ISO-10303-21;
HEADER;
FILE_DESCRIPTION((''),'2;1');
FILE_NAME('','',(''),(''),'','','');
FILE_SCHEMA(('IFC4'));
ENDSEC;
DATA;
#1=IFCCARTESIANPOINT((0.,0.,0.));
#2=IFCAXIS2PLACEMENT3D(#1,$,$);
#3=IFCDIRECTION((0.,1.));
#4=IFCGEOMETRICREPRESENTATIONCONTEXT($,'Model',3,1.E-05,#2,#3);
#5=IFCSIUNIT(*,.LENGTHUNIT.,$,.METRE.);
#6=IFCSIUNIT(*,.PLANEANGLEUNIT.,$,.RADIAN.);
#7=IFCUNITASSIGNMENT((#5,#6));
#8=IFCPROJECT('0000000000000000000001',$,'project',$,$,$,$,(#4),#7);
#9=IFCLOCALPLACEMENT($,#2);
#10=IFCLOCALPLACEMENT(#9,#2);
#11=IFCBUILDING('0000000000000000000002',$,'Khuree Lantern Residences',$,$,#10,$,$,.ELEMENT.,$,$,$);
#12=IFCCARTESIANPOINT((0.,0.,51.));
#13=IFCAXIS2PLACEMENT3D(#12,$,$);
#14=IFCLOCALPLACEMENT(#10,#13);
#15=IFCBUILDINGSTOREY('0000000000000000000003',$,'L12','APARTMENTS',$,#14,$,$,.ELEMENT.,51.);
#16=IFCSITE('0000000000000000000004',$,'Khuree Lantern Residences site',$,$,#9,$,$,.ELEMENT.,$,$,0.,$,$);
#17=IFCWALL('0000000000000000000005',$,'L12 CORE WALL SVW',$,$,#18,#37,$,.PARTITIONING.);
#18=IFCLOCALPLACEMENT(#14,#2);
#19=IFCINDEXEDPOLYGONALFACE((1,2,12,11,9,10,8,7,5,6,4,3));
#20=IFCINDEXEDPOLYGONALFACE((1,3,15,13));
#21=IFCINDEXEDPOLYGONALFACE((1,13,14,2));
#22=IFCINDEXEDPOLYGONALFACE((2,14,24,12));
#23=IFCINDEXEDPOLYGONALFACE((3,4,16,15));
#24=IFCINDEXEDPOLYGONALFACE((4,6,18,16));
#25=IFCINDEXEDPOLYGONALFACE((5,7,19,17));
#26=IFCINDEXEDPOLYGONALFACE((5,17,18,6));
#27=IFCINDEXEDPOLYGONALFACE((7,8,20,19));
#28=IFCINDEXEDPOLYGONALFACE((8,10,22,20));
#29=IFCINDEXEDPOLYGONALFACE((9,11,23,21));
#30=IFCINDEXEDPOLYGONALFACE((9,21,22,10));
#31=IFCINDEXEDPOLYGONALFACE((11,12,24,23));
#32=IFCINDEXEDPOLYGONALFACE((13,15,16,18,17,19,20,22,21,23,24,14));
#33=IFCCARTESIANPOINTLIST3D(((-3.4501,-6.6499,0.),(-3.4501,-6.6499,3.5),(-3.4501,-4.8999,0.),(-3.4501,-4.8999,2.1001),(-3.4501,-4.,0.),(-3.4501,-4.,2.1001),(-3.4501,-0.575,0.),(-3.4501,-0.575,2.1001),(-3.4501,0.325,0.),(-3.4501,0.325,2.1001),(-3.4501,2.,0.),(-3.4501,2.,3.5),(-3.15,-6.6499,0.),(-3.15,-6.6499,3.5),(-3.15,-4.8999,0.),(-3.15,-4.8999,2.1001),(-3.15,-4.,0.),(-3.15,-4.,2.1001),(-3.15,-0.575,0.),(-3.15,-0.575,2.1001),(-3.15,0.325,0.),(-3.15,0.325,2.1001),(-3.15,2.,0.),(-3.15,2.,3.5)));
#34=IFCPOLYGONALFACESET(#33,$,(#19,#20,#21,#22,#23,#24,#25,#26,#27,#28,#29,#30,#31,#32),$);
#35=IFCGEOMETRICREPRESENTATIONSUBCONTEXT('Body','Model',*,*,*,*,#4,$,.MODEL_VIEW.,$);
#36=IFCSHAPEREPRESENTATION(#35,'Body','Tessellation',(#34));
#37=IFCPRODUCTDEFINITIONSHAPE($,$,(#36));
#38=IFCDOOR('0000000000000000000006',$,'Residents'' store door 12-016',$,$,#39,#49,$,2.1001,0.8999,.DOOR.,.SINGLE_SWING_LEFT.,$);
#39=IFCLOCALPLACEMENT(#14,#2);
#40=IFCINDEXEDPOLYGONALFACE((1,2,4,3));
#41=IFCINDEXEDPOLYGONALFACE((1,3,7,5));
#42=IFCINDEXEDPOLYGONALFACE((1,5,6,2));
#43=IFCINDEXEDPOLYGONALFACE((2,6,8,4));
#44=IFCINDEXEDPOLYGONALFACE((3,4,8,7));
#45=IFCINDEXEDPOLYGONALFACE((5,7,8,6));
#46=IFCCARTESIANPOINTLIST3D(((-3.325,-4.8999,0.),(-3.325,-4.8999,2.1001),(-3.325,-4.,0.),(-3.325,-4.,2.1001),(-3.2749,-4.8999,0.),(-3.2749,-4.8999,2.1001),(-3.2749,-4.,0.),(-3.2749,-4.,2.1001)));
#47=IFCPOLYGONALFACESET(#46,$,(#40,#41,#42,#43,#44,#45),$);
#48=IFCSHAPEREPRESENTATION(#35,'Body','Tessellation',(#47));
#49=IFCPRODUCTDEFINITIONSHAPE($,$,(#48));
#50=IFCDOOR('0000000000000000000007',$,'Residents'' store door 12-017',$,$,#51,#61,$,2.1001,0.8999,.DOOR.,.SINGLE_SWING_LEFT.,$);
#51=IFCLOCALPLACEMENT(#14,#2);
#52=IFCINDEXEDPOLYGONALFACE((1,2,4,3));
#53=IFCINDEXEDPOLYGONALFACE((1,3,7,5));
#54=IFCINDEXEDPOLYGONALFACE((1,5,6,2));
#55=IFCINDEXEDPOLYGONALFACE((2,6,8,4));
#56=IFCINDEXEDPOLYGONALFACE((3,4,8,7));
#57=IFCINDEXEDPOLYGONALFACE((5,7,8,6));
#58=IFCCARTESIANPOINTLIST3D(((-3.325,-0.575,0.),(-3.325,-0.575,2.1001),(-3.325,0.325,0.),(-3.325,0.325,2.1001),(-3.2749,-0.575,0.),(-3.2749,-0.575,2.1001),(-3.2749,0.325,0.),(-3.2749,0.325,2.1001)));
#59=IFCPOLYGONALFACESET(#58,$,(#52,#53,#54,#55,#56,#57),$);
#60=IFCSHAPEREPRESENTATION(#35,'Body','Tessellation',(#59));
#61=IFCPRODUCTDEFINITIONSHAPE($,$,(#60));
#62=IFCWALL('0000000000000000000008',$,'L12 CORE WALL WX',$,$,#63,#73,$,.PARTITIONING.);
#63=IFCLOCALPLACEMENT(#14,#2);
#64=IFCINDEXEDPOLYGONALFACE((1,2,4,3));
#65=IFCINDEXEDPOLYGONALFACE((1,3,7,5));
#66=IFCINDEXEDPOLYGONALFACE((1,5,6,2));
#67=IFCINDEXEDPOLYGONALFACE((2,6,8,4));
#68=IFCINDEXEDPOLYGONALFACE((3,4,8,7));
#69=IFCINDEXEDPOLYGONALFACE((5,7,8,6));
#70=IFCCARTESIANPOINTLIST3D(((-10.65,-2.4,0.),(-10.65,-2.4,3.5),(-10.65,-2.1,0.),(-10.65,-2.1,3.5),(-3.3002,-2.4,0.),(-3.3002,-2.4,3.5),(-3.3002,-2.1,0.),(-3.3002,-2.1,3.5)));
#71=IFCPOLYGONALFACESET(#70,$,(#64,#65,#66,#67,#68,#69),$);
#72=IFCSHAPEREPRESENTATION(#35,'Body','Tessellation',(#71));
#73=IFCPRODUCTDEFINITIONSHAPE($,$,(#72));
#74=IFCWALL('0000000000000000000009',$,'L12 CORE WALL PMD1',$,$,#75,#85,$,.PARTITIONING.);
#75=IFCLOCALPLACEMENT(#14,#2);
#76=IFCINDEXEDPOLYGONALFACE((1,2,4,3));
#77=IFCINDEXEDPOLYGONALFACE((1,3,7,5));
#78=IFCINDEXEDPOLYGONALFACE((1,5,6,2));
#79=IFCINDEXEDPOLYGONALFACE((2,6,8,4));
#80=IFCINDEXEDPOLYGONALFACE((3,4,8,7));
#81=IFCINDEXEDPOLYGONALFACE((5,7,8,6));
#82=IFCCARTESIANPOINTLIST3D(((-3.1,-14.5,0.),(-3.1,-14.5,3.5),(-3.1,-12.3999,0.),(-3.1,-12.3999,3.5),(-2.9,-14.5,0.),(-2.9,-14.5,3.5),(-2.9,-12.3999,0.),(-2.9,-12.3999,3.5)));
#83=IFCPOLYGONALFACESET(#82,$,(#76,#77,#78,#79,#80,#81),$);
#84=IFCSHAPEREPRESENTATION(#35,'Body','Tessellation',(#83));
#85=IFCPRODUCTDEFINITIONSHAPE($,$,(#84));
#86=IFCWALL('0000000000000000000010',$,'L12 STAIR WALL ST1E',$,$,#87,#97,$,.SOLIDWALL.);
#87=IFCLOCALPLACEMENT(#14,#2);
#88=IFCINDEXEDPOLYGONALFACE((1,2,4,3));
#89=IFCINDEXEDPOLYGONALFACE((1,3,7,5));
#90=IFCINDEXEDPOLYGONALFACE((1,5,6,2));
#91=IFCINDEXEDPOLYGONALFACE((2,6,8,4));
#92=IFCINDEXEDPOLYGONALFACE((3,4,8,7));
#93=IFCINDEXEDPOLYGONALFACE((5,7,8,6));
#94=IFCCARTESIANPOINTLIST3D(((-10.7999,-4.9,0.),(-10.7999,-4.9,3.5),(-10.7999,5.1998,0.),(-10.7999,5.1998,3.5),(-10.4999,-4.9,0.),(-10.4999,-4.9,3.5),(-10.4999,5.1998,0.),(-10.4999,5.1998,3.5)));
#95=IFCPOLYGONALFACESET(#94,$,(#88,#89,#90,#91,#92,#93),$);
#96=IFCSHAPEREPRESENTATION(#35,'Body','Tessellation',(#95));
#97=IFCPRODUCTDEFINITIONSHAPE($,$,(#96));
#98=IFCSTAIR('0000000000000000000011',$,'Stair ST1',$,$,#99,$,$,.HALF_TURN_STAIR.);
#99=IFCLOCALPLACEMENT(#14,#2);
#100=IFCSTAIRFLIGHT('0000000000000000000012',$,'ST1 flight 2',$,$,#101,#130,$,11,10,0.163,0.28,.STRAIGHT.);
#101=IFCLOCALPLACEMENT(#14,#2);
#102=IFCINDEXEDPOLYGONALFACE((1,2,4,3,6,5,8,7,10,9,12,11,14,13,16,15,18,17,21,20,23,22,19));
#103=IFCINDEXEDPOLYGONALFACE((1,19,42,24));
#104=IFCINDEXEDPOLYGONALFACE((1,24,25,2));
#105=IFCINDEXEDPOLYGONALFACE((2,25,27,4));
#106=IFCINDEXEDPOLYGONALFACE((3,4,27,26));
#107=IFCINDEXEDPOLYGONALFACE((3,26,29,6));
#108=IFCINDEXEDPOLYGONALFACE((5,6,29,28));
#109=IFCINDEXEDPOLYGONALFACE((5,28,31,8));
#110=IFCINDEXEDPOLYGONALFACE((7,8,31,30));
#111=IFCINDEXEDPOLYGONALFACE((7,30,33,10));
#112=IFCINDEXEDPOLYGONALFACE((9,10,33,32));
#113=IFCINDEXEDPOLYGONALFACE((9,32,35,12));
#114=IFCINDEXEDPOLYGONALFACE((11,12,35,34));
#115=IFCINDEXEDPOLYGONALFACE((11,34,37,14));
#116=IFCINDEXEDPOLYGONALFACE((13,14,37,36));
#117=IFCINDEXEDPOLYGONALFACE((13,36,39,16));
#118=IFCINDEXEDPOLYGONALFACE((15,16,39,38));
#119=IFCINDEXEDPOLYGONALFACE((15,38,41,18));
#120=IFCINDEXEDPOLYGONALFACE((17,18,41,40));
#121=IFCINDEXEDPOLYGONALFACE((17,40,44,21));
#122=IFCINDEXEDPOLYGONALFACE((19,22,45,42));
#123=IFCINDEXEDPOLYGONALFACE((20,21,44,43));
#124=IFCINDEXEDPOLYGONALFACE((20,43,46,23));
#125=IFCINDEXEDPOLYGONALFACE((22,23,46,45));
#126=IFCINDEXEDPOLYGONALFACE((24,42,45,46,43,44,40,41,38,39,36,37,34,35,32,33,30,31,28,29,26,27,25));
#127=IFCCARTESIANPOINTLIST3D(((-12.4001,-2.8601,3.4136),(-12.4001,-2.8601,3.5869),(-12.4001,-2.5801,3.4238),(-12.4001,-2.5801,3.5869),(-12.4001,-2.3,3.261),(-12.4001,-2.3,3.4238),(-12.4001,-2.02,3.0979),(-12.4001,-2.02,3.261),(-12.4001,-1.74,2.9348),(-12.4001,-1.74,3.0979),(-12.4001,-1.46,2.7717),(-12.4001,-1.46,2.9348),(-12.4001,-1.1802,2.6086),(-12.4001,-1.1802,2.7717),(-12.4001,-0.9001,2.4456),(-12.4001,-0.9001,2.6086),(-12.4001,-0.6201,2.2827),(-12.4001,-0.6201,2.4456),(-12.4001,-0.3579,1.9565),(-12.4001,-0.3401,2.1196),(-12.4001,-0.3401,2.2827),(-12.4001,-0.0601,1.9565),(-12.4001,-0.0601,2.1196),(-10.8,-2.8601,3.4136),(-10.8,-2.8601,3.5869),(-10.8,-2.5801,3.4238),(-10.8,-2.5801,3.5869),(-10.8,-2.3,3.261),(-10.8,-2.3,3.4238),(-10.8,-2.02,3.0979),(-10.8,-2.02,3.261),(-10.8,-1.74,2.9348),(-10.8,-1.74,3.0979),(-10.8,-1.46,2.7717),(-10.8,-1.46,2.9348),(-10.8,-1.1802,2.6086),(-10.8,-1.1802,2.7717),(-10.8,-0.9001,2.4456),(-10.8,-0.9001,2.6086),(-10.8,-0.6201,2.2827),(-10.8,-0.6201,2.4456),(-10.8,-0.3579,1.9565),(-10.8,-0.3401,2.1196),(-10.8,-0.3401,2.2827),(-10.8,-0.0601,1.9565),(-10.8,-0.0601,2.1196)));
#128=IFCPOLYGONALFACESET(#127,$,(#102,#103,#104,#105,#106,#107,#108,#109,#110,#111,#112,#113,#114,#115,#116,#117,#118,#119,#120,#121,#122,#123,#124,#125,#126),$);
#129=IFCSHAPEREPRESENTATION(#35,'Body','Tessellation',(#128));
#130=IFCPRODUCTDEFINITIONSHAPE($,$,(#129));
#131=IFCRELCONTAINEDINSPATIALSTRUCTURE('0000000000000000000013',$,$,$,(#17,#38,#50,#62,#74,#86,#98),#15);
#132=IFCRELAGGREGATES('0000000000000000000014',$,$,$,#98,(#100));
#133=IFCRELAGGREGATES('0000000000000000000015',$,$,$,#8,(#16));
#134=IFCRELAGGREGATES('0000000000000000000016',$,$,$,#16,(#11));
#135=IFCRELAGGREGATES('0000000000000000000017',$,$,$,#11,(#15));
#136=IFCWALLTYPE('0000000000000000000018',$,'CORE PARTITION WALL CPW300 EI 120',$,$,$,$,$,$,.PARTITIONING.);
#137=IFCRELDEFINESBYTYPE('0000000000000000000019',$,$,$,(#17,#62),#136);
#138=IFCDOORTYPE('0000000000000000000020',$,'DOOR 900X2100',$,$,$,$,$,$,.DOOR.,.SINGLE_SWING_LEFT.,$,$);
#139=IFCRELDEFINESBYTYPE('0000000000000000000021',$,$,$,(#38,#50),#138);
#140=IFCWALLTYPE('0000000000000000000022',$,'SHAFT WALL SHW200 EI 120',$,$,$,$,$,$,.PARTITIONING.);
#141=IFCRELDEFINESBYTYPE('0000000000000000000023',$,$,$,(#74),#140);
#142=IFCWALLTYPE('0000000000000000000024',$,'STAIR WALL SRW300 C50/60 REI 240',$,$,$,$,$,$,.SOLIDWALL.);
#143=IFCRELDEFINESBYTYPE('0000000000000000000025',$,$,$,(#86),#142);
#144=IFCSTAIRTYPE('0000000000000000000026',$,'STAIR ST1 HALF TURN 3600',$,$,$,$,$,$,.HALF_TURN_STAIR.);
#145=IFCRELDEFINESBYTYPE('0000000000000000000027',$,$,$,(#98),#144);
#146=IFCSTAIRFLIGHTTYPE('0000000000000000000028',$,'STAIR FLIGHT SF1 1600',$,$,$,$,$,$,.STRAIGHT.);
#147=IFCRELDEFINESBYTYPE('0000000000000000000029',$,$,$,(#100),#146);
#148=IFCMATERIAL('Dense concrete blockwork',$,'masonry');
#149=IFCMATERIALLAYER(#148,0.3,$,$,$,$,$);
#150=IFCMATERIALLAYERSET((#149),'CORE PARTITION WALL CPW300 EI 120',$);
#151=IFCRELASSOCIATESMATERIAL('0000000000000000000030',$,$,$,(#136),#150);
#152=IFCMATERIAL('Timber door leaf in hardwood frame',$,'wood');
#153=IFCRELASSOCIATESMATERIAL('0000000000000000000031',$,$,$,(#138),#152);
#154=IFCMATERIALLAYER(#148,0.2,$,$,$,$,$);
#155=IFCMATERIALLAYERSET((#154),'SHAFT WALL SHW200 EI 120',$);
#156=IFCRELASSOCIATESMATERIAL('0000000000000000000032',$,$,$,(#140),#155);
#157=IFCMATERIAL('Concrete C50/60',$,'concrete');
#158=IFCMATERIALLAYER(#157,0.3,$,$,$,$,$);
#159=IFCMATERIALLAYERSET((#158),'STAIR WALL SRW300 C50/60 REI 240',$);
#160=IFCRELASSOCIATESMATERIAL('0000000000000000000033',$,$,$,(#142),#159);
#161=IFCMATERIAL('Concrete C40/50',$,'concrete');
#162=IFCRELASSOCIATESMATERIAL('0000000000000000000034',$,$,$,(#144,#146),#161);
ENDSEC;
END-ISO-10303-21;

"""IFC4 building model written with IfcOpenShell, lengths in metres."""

from ifc_helpers import new_model, si_unit, direction, frame, frame_2d, origin, place, context, subcontext, project, spatial, polyline, rectangle, outline, extrude, material, layer, layer_set, type_object, element, fill, aggregate, save


model = new_model("IFC4")

# Units and contexts
model_context = context("Model", 3, precision=1e-05, world=origin(), true_north=direction((0.0, 1.0)))
body_context = subcontext(model_context, "Body", "Model", "MODEL_VIEW")
ifc_project = project(units=[si_unit("LENGTHUNIT", "METRE"), si_unit("PLANEANGLEUNIT", "RADIAN")], contexts=[model_context])

# Site, building, storey
site_placement = place(None, origin())
site = spatial("IfcSite", under=ifc_project, at=site_placement, Name="Khuree Lantern Residences site", CompositionType="ELEMENT", RefElevation=0.0)
building_placement = place(site_placement, origin())
building = spatial("IfcBuilding", under=site, at=building_placement, Name="Khuree Lantern Residences", CompositionType="ELEMENT")
storey_placement = place(building_placement, frame((0.0, 0.0, 51.0)))
storey = spatial("IfcBuildingStorey", under=building, at=storey_placement, Name="L12", Description="APARTMENTS", CompositionType="ELEMENT", Elevation=51.0)

# Shared definitions
ifc_material_1 = material(Name="Dense concrete blockwork", Category="masonry")
ifc_layer_1 = layer(ifc_material_1, 0.3)
ifc_layer_set_1 = layer_set([ifc_layer_1], Name="CORE PARTITION WALL CPW300 EI 120")
wall_type_1 = type_object("IfcWallType", Name="CORE PARTITION WALL CPW300 EI 120", PredefinedType="PARTITIONING", material=ifc_layer_set_1)

# Wall, openings, doors
wall_1_placement = place(storey_placement, frame((-3.3, -6.6499, 0.0), z_axis=(0.0, 0.0, 1.0), x_axis=(0.0, 1.0, 0.0)))
wall_1 = element("IfcWall", 1, at=wall_1_placement, inside=storey, type_object=wall_type_1, Name="L12 CORE WALL SVW", PredefinedType="PARTITIONING", context=body_context, shape_type="SweptSolid", body=[
    extrude(rectangle(XDim=8.6499, YDim=0.3, at=frame_2d((4.325, 0.0))), origin(), (0.0, 0.0, 1.0), 3.5),
])
opening_1_placement = place(wall_1_placement, frame((1.75, 0.0, 0.0)))
opening_1 = element("IfcOpeningElement", 2, at=opening_1_placement, cuts=wall_1, PredefinedType="OPENING", context=body_context, shape_type="SweptSolid", body=[
    extrude(rectangle(XDim=0.8999, YDim=2.1001, at=frame_2d((0.45, 1.05))), frame((0.0, 0.1602, 0.0), z_axis=(0.0, -1.0, 0.0), x_axis=(1.0, 0.0, 0.0)), (0.0, 0.0, 1.0), 0.3201),
])
opening_2_placement = place(wall_1_placement, frame((6.075, 0.0, 0.0)))
opening_2 = element("IfcOpeningElement", 3, at=opening_2_placement, cuts=wall_1, PredefinedType="OPENING", context=body_context, shape_type="SweptSolid", body=[
    extrude(rectangle(XDim=0.8999, YDim=2.1001, at=frame_2d((0.45, 1.05))), frame((0.0, 0.1602, 0.0), z_axis=(0.0, -1.0, 0.0), x_axis=(1.0, 0.0, 0.0)), (0.0, 0.0, 1.0), 0.3201),
])
ifc_material_2 = material(Name="Timber door leaf in hardwood frame", Category="wood")
door_type_1 = type_object("IfcDoorType", Name="DOOR 900X2100", OperationType="SINGLE_SWING_LEFT", PredefinedType="DOOR", material=ifc_material_2)
door_1_placement = place(opening_1_placement, origin())
door_1 = element("IfcDoor", 4, at=door_1_placement, inside=storey, type_object=door_type_1, Name="Residents' store door 12-016", OperationType="SINGLE_SWING_LEFT", OverallHeight=2.1001, OverallWidth=0.8999, PredefinedType="DOOR", context=body_context, shape_type="SweptSolid", body=[
    extrude(rectangle(XDim=0.8999, YDim=2.1001, at=frame_2d((0.45, 1.05))), frame((0.0, 0.0249, 0.0), z_axis=(0.0, -1.0, 0.0), x_axis=(1.0, 0.0, 0.0)), (0.0, 0.0, 1.0), 0.05),
])
fill(opening_1, door_1)
door_2_placement = place(opening_2_placement, origin())
door_2 = element("IfcDoor", 5, at=door_2_placement, inside=storey, type_object=door_type_1, Name="Residents' store door 12-017", OperationType="SINGLE_SWING_LEFT", OverallHeight=2.1001, OverallWidth=0.8999, PredefinedType="DOOR", context=body_context, shape_type="SweptSolid", body=[
    extrude(rectangle(XDim=0.8999, YDim=2.1001, at=frame_2d((0.45, 1.05))), frame((0.0, 0.0249, 0.0), z_axis=(0.0, -1.0, 0.0), x_axis=(1.0, 0.0, 0.0)), (0.0, 0.0, 1.0), 0.05),
])
fill(opening_2, door_2)

# Walls
wall_2_placement = place(storey_placement, frame((-10.6499, -2.25, 0.0), z_axis=(0.0, 0.0, 1.0), x_axis=(1.0, 0.0, 0.0)))
element("IfcWall", 6, at=wall_2_placement, inside=storey, type_object=wall_type_1, Name="L12 CORE WALL WX", PredefinedType="PARTITIONING", context=body_context, shape_type="SweptSolid", body=[
    extrude(rectangle(XDim=7.3499, YDim=0.3, at=frame_2d((3.6748, 0.0))), origin(), (0.0, 0.0, 1.0), 3.5),
])
ifc_layer_2 = layer(ifc_material_1, 0.2)
ifc_layer_set_2 = layer_set([ifc_layer_2], Name="SHAFT WALL SHW200 EI 120")
wall_type_2 = type_object("IfcWallType", Name="SHAFT WALL SHW200 EI 120", PredefinedType="PARTITIONING", material=ifc_layer_set_2)
wall_3_placement = place(storey_placement, frame((-3.0, -14.5, 0.0), z_axis=(0.0, 0.0, 1.0), x_axis=(0.0, 1.0, 0.0)))
element("IfcWall", 7, at=wall_3_placement, inside=storey, type_object=wall_type_2, Name="L12 CORE WALL PMD1", PredefinedType="PARTITIONING", context=body_context, shape_type="SweptSolid", body=[
    extrude(rectangle(XDim=2.1001, YDim=0.2, at=frame_2d((1.05, 0.0))), origin(), (0.0, 0.0, 1.0), 3.5),
])
ifc_material_3 = material(Name="Concrete C50/60", Category="concrete")
ifc_layer_3 = layer(ifc_material_3, 0.3)
ifc_layer_set_3 = layer_set([ifc_layer_3], Name="STAIR WALL SRW300 C50/60 REI 240")
wall_type_3 = type_object("IfcWallType", Name="STAIR WALL SRW300 C50/60 REI 240", PredefinedType="SOLIDWALL", material=ifc_layer_set_3)
wall_4_placement = place(storey_placement, frame((-10.6499, -4.8999, 0.0), z_axis=(0.0, 0.0, 1.0), x_axis=(0.0, 1.0, 0.0)))
element("IfcWall", 8, at=wall_4_placement, inside=storey, type_object=wall_type_3, Name="L12 STAIR WALL ST1E", PredefinedType="SOLIDWALL", context=body_context, shape_type="SweptSolid", body=[
    extrude(rectangle(XDim=10.0999, YDim=0.3, at=frame_2d((5.0498, 0.0))), origin(), (0.0, 0.0, 1.0), 3.5),
])

# Stair, stair flight
ifc_material_4 = material(Name="Concrete C40/50", Category="concrete")
stair_type = type_object("IfcStairType", Name="STAIR ST1 HALF TURN 3600", PredefinedType="HALF_TURN_STAIR", material=ifc_material_4)
stair_placement = place(storey_placement, origin())
stair = element("IfcStair", 9, at=stair_placement, inside=storey, type_object=stair_type, Name="Stair ST1", PredefinedType="HALF_TURN_STAIR")
stair_flight_type = type_object("IfcStairFlightType", Name="STAIR FLIGHT SF1 1600", PredefinedType="STRAIGHT", material=ifc_material_4)
stair_flight_placement = place(storey_placement, frame((-11.6001, -0.0601, 1.9565), z_axis=(0.0, 0.0, 1.0), x_axis=(0.0, -1.0, 0.0)))
stair_flight = element("IfcStairFlight", 10, at=stair_flight_placement, type_object=stair_flight_type, Name="ST1 flight 2", NumberOfRisers=11, NumberOfTreads=10, PredefinedType="STRAIGHT", RiserHeight=0.163, TreadLength=0.28, context=body_context, shape_type="SweptSolid", body=[
    extrude(outline(polyline([(0.0, 0.0), (0.0, 0.1631), (0.28, 0.1631), (0.28, 0.3262), (0.5601, 0.3262), (0.5601, 0.489), (0.8401, 0.489), (0.8401, 0.6521), (1.1201, 0.6521), (1.1201, 0.8152), (1.3999, 0.8152), (1.3999, 0.9783), (1.6799, 0.9783), (1.6799, 1.1414), (1.96, 1.1414), (1.96, 1.3044), (2.24, 1.3044), (2.24, 1.4673), (2.52, 1.4673), (2.52, 1.6304), (2.8, 1.6304), (2.8, 1.7935), (2.8, 1.457), (0.2979, 0.0), (0.0, 0.0)])), frame((0.0, 0.8, 0.0), z_axis=(0.0, -1.0, 0.0), x_axis=(1.0, 0.0, 0.0)), (0.0, 0.0, 1.0), 1.6001),
])
aggregate(stair, [stair_flight])

save(model, "model.ifc")
